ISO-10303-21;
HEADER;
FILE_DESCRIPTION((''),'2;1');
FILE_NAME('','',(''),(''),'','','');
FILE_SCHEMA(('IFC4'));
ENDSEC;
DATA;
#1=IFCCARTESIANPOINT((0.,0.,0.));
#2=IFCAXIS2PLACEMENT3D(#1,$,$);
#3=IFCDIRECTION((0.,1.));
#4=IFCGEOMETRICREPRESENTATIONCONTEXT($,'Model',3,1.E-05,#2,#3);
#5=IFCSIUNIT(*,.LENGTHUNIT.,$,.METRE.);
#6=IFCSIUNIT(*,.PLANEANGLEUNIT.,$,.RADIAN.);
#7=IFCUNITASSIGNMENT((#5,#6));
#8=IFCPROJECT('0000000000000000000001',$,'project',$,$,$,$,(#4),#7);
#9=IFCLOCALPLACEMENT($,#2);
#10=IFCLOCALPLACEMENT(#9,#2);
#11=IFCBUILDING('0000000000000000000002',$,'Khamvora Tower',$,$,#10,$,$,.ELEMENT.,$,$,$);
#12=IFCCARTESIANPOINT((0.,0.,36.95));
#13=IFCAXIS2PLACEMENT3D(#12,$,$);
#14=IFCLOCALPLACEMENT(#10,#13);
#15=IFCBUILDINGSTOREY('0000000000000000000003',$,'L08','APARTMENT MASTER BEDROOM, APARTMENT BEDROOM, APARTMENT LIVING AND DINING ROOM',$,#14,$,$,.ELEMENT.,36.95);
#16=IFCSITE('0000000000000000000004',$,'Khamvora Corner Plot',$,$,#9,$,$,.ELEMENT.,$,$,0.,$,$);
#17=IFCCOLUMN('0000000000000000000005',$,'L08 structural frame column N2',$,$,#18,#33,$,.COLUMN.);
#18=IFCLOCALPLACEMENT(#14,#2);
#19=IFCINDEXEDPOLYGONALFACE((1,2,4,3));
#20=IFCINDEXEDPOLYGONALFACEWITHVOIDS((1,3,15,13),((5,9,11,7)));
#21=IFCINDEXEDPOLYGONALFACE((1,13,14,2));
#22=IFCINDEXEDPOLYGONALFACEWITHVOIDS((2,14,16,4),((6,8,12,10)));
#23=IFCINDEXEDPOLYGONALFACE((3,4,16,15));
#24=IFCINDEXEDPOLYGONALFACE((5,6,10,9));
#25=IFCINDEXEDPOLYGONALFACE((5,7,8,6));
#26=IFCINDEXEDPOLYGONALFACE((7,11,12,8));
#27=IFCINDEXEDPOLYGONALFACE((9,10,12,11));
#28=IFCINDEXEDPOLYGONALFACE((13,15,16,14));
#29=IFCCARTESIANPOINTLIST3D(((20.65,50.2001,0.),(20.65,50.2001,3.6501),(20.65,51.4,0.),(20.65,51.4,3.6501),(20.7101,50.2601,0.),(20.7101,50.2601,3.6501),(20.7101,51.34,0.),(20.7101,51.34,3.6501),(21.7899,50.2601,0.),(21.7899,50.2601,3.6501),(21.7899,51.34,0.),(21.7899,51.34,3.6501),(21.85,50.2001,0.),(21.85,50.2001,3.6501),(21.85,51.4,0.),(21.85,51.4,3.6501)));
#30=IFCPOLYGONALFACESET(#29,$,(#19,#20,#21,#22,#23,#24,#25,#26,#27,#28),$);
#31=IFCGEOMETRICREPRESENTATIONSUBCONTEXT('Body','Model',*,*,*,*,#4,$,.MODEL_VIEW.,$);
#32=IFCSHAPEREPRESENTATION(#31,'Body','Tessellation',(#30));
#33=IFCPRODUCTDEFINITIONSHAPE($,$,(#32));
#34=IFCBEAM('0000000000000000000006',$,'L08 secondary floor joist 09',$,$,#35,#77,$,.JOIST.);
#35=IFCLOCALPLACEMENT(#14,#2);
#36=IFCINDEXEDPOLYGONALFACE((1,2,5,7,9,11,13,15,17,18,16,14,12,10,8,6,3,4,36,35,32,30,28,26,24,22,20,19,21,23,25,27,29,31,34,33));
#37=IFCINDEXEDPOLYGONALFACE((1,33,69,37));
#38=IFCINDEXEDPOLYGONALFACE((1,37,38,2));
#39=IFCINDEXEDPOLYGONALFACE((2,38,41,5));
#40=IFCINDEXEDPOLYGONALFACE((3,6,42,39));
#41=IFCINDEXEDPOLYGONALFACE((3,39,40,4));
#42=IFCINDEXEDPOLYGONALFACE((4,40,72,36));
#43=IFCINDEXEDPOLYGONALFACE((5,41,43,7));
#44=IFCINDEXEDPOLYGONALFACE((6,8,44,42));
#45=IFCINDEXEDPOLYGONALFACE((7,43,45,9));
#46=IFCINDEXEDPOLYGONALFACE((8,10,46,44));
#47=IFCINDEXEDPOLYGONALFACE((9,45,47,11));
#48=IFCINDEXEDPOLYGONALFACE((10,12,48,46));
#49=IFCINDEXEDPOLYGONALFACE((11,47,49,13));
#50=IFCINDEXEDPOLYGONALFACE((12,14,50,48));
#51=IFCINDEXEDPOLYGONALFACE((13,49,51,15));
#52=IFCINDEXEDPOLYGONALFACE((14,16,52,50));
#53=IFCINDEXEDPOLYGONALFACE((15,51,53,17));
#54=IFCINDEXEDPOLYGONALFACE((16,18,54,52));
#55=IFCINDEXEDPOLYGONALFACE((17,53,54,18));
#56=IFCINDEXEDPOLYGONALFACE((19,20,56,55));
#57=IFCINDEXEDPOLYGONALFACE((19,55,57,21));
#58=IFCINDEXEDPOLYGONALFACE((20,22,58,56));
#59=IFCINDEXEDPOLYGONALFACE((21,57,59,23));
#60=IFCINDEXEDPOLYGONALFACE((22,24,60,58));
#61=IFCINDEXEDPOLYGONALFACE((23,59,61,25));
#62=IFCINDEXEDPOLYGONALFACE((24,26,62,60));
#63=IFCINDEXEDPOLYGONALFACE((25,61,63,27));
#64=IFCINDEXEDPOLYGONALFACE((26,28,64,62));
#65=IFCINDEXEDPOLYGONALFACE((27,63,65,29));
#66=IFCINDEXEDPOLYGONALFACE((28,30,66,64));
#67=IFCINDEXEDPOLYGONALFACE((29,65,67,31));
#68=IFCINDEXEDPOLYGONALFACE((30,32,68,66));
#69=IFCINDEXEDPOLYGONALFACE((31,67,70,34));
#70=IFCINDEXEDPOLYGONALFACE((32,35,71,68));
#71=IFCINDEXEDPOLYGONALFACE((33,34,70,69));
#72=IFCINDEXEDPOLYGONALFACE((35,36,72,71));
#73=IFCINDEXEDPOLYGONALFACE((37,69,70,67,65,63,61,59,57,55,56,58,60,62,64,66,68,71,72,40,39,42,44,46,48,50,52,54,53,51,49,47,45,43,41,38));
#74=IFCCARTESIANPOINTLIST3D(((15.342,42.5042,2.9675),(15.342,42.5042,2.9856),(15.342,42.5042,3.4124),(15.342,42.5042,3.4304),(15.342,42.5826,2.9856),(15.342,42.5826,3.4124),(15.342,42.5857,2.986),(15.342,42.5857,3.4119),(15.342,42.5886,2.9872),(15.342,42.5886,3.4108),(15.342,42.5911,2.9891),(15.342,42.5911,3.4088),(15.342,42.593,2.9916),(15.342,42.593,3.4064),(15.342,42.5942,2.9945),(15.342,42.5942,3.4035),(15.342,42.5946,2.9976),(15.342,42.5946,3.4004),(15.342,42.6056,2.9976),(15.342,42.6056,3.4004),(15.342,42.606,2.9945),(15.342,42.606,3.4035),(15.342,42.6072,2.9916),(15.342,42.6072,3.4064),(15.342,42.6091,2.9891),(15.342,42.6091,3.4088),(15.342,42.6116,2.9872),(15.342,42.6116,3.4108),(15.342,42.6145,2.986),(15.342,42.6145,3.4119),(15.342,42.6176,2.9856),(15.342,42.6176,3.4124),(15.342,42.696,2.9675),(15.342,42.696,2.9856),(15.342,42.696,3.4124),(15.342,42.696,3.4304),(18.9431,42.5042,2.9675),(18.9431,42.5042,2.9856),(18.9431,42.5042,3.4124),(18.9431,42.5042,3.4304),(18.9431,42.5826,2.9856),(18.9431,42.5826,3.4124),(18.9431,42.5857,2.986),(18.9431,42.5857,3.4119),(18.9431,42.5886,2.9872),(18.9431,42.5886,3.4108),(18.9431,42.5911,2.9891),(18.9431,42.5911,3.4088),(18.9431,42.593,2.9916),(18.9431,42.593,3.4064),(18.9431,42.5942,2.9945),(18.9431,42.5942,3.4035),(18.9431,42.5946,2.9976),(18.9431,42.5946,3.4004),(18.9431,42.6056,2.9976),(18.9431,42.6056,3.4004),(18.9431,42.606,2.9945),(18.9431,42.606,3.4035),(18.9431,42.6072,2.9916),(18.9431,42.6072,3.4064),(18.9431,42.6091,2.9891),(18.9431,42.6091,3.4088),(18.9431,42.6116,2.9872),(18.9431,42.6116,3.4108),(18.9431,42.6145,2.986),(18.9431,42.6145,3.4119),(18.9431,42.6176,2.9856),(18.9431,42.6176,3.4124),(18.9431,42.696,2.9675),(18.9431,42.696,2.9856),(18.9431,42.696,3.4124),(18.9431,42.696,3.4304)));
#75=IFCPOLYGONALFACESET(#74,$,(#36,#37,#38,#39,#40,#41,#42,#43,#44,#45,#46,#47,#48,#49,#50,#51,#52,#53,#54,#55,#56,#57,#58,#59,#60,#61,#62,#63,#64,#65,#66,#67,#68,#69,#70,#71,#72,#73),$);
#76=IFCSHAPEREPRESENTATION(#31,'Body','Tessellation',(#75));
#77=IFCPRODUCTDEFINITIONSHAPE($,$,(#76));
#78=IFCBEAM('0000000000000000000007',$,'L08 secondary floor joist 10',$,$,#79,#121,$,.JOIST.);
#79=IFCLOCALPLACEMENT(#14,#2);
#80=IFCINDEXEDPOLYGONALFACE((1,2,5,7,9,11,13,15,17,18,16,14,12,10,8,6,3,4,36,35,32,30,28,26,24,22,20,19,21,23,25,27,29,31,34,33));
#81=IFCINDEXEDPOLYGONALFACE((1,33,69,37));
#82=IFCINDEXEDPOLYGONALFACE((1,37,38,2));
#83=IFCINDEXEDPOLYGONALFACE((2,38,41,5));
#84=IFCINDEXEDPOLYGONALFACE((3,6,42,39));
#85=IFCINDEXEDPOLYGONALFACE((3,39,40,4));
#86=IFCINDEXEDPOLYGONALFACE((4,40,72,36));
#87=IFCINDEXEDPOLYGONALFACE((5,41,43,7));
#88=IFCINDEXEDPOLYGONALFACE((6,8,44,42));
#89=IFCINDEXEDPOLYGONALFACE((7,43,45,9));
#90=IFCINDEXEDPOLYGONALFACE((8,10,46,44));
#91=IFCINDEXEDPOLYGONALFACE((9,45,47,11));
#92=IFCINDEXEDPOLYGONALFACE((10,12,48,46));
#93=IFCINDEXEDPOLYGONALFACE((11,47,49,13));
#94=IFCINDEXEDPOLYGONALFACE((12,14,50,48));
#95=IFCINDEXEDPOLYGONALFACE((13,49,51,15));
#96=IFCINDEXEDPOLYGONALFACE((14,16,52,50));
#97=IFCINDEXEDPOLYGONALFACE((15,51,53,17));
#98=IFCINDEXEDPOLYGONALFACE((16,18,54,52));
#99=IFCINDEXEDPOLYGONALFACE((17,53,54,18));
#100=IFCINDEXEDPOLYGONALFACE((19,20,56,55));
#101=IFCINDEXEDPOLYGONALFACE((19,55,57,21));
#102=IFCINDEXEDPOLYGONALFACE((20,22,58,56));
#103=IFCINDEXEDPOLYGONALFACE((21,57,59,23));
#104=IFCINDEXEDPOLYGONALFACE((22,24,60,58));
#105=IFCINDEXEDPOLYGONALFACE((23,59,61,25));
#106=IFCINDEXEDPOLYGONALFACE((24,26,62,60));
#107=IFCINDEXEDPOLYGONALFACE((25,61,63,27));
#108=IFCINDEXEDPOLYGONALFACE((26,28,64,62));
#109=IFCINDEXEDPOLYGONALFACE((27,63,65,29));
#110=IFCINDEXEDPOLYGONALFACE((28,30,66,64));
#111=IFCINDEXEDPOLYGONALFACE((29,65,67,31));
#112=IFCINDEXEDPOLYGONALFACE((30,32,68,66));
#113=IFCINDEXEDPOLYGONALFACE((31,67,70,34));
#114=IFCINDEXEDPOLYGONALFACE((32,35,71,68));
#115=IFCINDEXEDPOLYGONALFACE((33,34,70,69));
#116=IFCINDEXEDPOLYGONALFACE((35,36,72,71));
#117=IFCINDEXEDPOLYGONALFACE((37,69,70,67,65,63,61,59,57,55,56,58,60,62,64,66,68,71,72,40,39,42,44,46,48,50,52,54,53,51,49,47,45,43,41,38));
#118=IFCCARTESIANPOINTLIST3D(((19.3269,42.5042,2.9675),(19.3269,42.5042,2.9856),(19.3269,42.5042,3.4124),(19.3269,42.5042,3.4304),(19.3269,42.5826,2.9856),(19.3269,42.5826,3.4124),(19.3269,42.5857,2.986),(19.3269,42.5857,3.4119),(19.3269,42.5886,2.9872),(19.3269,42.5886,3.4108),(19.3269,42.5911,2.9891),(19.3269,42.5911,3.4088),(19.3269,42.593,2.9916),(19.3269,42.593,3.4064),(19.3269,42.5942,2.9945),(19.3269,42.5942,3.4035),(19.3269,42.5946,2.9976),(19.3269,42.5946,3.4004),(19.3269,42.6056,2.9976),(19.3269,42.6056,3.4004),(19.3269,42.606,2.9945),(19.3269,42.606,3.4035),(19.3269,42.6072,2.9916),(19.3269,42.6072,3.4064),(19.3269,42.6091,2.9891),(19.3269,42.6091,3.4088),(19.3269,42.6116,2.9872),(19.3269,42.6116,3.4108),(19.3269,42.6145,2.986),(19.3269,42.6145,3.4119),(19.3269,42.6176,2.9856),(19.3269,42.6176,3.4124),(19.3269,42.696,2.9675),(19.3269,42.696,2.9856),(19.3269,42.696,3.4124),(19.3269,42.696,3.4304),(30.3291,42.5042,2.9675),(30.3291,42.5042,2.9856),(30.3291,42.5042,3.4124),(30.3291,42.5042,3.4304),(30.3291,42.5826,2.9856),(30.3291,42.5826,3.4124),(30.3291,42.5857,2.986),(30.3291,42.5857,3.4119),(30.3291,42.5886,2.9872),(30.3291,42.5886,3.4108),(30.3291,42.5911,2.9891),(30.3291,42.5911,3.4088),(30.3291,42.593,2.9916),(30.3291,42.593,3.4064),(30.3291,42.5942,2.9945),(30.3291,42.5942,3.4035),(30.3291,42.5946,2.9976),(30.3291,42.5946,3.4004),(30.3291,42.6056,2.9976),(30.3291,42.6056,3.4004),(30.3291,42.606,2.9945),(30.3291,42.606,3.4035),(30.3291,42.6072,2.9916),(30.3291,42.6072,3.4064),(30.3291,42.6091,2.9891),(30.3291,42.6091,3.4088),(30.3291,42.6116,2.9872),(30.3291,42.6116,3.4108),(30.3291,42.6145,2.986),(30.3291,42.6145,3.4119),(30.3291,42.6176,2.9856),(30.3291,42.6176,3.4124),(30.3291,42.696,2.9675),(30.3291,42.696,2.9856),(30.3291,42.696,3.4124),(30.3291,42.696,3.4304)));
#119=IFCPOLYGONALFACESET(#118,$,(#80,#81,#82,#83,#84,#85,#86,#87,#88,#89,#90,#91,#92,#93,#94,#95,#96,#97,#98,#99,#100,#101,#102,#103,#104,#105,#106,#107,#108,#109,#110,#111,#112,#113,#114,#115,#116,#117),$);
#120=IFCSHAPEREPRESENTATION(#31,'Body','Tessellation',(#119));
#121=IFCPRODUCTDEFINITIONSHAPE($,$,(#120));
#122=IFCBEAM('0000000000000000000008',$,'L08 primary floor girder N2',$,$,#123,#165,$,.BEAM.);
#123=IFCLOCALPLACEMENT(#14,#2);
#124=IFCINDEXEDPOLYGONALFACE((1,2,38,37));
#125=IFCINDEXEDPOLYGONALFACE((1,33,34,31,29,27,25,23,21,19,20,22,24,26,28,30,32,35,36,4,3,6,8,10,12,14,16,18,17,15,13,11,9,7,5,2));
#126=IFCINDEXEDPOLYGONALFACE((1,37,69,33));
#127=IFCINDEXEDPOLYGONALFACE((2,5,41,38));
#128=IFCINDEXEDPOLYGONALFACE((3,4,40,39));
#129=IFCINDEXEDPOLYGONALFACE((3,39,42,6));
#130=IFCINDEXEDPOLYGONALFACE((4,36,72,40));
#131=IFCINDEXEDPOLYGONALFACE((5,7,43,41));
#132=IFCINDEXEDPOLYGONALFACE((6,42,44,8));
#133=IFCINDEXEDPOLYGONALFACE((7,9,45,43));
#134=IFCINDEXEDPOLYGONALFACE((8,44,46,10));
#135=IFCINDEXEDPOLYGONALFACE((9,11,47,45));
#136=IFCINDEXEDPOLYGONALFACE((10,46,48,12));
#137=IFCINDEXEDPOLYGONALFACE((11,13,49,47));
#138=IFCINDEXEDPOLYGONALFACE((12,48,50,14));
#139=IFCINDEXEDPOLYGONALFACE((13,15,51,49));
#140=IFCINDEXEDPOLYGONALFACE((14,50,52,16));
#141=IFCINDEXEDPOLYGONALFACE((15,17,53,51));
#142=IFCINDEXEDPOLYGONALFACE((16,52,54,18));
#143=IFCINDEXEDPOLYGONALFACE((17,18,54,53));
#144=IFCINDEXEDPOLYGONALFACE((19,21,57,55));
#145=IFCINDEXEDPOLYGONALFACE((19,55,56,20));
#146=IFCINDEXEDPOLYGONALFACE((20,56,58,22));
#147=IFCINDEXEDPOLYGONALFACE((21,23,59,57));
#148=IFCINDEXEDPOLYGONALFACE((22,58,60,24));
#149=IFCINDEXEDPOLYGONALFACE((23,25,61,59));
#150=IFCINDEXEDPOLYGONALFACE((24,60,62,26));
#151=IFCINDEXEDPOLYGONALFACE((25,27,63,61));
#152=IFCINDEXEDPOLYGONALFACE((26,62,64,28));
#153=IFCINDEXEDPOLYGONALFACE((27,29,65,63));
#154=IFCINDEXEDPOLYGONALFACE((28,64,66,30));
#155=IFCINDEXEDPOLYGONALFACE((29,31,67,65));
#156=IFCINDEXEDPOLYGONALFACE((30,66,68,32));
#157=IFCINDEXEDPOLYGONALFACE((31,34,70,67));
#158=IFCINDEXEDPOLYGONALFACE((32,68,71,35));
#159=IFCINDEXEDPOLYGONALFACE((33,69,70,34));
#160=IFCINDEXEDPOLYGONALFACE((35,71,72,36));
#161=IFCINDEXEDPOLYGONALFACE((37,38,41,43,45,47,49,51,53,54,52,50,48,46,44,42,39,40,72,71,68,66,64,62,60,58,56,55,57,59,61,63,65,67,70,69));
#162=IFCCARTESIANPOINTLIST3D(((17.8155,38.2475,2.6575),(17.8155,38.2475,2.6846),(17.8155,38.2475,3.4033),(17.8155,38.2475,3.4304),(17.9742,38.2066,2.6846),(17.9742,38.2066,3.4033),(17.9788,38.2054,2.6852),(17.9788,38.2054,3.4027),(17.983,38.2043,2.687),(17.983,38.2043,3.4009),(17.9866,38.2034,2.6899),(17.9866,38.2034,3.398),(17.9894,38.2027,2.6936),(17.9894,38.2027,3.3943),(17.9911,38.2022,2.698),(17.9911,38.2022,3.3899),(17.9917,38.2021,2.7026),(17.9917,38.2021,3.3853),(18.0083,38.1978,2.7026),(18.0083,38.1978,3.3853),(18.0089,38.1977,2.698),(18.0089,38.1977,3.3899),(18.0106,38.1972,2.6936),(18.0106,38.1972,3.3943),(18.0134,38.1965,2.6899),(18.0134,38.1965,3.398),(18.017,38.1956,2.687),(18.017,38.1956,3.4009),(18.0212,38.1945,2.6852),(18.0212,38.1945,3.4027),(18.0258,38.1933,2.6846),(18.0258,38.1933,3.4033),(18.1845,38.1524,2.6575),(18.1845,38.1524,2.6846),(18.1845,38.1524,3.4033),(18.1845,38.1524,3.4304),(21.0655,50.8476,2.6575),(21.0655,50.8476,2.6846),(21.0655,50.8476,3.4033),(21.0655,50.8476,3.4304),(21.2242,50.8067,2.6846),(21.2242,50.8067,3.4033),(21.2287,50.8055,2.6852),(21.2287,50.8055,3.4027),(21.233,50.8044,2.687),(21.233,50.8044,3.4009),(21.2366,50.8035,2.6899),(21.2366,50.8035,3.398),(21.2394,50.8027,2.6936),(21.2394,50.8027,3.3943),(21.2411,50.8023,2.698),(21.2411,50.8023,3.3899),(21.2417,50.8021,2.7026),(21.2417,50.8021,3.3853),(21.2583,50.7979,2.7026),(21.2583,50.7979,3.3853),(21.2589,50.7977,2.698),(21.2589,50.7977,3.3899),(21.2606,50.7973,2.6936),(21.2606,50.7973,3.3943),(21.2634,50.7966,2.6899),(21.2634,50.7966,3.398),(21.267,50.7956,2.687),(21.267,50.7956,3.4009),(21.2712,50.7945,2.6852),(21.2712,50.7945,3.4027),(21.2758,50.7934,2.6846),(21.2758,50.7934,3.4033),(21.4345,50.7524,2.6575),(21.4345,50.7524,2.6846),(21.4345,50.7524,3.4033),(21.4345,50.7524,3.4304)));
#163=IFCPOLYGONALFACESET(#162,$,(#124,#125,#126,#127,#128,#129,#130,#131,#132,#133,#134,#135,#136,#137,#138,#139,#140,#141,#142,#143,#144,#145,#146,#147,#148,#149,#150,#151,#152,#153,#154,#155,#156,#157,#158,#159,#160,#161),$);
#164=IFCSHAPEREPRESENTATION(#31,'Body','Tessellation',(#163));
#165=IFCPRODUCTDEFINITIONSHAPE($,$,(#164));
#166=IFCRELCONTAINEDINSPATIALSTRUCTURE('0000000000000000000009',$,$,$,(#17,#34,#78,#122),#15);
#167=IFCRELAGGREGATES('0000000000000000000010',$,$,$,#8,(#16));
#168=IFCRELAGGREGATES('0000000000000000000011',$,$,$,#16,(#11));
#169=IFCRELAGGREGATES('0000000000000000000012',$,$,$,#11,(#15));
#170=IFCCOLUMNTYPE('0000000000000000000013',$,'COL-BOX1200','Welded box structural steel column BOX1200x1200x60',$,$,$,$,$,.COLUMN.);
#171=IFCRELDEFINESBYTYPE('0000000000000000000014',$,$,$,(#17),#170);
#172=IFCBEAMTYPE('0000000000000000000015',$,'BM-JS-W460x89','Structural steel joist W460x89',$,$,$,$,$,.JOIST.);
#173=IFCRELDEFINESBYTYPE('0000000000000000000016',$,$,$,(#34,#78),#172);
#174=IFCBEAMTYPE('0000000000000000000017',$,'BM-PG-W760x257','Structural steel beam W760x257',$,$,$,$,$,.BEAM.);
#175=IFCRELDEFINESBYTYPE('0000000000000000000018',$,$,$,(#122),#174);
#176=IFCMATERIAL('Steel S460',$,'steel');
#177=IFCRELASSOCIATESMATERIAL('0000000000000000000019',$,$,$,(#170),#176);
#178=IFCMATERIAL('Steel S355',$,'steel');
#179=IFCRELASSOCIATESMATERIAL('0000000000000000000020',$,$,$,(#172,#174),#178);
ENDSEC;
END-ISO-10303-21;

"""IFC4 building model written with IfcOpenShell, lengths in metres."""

from ifc_helpers import new_model, si_unit, direction, frame, origin, origin_2d, place, context, subcontext, project, spatial, hollow_rectangle, i_section, extrude, material, material_profile, profile_set, type_object, element, save


model = new_model("IFC4")

# Units and contexts
model_context = context("Model", 3, precision=1e-05, world=origin(), true_north=direction((0.0, 1.0)))
body_context = subcontext(model_context, "Body", "Model", "MODEL_VIEW")
ifc_project = project(units=[si_unit("LENGTHUNIT", "METRE"), si_unit("PLANEANGLEUNIT", "RADIAN")], contexts=[model_context])

# Site, building, storey
site_placement = place(None, origin())
site = spatial("IfcSite", under=ifc_project, at=site_placement, Name="Khamvora Corner Plot", CompositionType="ELEMENT", RefElevation=0.0)
building_placement = place(site_placement, origin())
building = spatial("IfcBuilding", under=site, at=building_placement, Name="Khamvora Tower", CompositionType="ELEMENT")
storey_placement = place(building_placement, frame((0.0, 0.0, 36.95)))
storey = spatial("IfcBuildingStorey", under=building, at=storey_placement, Name="L08", Description="APARTMENT MASTER BEDROOM, APARTMENT BEDROOM, APARTMENT LIVING AND DINING ROOM", CompositionType="ELEMENT", Elevation=36.95)

# Column
ifc_material_1 = material(Name="Steel S460", Category="steel")
ifc_material_profile_1 = material_profile(ifc_material_1, hollow_rectangle(XDim=1.2, YDim=1.2, WallThickness=0.0601, at=origin_2d()), Name="BOX1200x1200x60")
ifc_profile_set_1 = profile_set([ifc_material_profile_1], Name="Steel S460")
column_type = type_object("IfcColumnType", Name="COL-BOX1200", Description="Welded box structural steel column BOX1200x1200x60", PredefinedType="COLUMN", material=ifc_profile_set_1)
column_placement = place(storey_placement, frame((21.25, 50.8, 0.0), z_axis=(0.0, 0.0, 1.0), x_axis=(1.0, 0.0, 0.0)))
element("IfcColumn", 1, at=column_placement, inside=storey, type_object=column_type, Name="L08 structural frame column N2", PredefinedType="COLUMN", context=body_context, shape_type="SweptSolid", body=[
    extrude(hollow_rectangle(XDim=1.2, YDim=1.2, WallThickness=0.0601, at=origin_2d()), origin(), (0.0, 0.0, 1.0), 3.6501),
])

# Beams
ifc_material_2 = material(Name="Steel S355", Category="steel")
ifc_material_profile_2 = material_profile(ifc_material_2, i_section(OverallWidth=0.1919, OverallDepth=0.4629, WebThickness=0.011, FlangeThickness=0.0181, FilletRadius=0.012, at=origin_2d()), Name="W460x89")
ifc_profile_set_2 = profile_set([ifc_material_profile_2], Name="Steel S355")
beam_type_1 = type_object("IfcBeamType", Name="BM-JS-W460x89", Description="Structural steel joist W460x89", PredefinedType="JOIST", material=ifc_profile_set_2)
beam_1_placement = place(storey_placement, frame((15.342, 42.6001, 3.199), z_axis=(1.0, 0.0, 0.0), x_axis=(0.0, 1.0, 0.0)))
element("IfcBeam", 2, at=beam_1_placement, inside=storey, type_object=beam_type_1, Name="L08 secondary floor joist 09", PredefinedType="JOIST", context=body_context, shape_type="SweptSolid", body=[
    extrude(i_section(OverallWidth=0.1919, OverallDepth=0.4629, WebThickness=0.011, FlangeThickness=0.0181, FilletRadius=0.012, at=origin_2d()), origin(), (0.0, 0.0, 1.0), 3.6011),
])
beam_2_placement = place(storey_placement, frame((19.3269, 42.6001, 3.199), z_axis=(1.0, 0.0, 0.0), x_axis=(0.0, 1.0, 0.0)))
element("IfcBeam", 3, at=beam_2_placement, inside=storey, type_object=beam_type_1, Name="L08 secondary floor joist 10", PredefinedType="JOIST", context=body_context, shape_type="SweptSolid", body=[
    extrude(i_section(OverallWidth=0.1919, OverallDepth=0.4629, WebThickness=0.011, FlangeThickness=0.0181, FilletRadius=0.012, at=origin_2d()), origin(), (0.0, 0.0, 1.0), 11.0022),
])
ifc_material_profile_3 = material_profile(ifc_material_2, i_section(OverallWidth=0.3811, OverallDepth=0.7729, WebThickness=0.0171, FlangeThickness=0.0271, FilletRadius=0.0181, at=origin_2d()), Name="W760x257")
ifc_profile_set_3 = profile_set([ifc_material_profile_3], Name="Steel S355")
beam_type_2 = type_object("IfcBeamType", Name="BM-PG-W760x257", Description="Structural steel beam W760x257", PredefinedType="BEAM", material=ifc_profile_set_3)
beam_3_placement = place(storey_placement, frame((18.0, 38.2, 3.0439), z_axis=(0.24976, 0.968308, 0.0), x_axis=(-0.968308, 0.24976, 0.0)))
element("IfcBeam", 4, at=beam_3_placement, inside=storey, type_object=beam_type_2, Name="L08 primary floor girder N2", PredefinedType="BEAM", context=body_context, shape_type="SweptSolid", body=[
    extrude(i_section(OverallWidth=0.3811, OverallDepth=0.7729, WebThickness=0.0171, FlangeThickness=0.0271, FilletRadius=0.0181, at=origin_2d()), origin(), (0.0, 0.0, 1.0), 13.0125),
])

save(model, "model.ifc")
